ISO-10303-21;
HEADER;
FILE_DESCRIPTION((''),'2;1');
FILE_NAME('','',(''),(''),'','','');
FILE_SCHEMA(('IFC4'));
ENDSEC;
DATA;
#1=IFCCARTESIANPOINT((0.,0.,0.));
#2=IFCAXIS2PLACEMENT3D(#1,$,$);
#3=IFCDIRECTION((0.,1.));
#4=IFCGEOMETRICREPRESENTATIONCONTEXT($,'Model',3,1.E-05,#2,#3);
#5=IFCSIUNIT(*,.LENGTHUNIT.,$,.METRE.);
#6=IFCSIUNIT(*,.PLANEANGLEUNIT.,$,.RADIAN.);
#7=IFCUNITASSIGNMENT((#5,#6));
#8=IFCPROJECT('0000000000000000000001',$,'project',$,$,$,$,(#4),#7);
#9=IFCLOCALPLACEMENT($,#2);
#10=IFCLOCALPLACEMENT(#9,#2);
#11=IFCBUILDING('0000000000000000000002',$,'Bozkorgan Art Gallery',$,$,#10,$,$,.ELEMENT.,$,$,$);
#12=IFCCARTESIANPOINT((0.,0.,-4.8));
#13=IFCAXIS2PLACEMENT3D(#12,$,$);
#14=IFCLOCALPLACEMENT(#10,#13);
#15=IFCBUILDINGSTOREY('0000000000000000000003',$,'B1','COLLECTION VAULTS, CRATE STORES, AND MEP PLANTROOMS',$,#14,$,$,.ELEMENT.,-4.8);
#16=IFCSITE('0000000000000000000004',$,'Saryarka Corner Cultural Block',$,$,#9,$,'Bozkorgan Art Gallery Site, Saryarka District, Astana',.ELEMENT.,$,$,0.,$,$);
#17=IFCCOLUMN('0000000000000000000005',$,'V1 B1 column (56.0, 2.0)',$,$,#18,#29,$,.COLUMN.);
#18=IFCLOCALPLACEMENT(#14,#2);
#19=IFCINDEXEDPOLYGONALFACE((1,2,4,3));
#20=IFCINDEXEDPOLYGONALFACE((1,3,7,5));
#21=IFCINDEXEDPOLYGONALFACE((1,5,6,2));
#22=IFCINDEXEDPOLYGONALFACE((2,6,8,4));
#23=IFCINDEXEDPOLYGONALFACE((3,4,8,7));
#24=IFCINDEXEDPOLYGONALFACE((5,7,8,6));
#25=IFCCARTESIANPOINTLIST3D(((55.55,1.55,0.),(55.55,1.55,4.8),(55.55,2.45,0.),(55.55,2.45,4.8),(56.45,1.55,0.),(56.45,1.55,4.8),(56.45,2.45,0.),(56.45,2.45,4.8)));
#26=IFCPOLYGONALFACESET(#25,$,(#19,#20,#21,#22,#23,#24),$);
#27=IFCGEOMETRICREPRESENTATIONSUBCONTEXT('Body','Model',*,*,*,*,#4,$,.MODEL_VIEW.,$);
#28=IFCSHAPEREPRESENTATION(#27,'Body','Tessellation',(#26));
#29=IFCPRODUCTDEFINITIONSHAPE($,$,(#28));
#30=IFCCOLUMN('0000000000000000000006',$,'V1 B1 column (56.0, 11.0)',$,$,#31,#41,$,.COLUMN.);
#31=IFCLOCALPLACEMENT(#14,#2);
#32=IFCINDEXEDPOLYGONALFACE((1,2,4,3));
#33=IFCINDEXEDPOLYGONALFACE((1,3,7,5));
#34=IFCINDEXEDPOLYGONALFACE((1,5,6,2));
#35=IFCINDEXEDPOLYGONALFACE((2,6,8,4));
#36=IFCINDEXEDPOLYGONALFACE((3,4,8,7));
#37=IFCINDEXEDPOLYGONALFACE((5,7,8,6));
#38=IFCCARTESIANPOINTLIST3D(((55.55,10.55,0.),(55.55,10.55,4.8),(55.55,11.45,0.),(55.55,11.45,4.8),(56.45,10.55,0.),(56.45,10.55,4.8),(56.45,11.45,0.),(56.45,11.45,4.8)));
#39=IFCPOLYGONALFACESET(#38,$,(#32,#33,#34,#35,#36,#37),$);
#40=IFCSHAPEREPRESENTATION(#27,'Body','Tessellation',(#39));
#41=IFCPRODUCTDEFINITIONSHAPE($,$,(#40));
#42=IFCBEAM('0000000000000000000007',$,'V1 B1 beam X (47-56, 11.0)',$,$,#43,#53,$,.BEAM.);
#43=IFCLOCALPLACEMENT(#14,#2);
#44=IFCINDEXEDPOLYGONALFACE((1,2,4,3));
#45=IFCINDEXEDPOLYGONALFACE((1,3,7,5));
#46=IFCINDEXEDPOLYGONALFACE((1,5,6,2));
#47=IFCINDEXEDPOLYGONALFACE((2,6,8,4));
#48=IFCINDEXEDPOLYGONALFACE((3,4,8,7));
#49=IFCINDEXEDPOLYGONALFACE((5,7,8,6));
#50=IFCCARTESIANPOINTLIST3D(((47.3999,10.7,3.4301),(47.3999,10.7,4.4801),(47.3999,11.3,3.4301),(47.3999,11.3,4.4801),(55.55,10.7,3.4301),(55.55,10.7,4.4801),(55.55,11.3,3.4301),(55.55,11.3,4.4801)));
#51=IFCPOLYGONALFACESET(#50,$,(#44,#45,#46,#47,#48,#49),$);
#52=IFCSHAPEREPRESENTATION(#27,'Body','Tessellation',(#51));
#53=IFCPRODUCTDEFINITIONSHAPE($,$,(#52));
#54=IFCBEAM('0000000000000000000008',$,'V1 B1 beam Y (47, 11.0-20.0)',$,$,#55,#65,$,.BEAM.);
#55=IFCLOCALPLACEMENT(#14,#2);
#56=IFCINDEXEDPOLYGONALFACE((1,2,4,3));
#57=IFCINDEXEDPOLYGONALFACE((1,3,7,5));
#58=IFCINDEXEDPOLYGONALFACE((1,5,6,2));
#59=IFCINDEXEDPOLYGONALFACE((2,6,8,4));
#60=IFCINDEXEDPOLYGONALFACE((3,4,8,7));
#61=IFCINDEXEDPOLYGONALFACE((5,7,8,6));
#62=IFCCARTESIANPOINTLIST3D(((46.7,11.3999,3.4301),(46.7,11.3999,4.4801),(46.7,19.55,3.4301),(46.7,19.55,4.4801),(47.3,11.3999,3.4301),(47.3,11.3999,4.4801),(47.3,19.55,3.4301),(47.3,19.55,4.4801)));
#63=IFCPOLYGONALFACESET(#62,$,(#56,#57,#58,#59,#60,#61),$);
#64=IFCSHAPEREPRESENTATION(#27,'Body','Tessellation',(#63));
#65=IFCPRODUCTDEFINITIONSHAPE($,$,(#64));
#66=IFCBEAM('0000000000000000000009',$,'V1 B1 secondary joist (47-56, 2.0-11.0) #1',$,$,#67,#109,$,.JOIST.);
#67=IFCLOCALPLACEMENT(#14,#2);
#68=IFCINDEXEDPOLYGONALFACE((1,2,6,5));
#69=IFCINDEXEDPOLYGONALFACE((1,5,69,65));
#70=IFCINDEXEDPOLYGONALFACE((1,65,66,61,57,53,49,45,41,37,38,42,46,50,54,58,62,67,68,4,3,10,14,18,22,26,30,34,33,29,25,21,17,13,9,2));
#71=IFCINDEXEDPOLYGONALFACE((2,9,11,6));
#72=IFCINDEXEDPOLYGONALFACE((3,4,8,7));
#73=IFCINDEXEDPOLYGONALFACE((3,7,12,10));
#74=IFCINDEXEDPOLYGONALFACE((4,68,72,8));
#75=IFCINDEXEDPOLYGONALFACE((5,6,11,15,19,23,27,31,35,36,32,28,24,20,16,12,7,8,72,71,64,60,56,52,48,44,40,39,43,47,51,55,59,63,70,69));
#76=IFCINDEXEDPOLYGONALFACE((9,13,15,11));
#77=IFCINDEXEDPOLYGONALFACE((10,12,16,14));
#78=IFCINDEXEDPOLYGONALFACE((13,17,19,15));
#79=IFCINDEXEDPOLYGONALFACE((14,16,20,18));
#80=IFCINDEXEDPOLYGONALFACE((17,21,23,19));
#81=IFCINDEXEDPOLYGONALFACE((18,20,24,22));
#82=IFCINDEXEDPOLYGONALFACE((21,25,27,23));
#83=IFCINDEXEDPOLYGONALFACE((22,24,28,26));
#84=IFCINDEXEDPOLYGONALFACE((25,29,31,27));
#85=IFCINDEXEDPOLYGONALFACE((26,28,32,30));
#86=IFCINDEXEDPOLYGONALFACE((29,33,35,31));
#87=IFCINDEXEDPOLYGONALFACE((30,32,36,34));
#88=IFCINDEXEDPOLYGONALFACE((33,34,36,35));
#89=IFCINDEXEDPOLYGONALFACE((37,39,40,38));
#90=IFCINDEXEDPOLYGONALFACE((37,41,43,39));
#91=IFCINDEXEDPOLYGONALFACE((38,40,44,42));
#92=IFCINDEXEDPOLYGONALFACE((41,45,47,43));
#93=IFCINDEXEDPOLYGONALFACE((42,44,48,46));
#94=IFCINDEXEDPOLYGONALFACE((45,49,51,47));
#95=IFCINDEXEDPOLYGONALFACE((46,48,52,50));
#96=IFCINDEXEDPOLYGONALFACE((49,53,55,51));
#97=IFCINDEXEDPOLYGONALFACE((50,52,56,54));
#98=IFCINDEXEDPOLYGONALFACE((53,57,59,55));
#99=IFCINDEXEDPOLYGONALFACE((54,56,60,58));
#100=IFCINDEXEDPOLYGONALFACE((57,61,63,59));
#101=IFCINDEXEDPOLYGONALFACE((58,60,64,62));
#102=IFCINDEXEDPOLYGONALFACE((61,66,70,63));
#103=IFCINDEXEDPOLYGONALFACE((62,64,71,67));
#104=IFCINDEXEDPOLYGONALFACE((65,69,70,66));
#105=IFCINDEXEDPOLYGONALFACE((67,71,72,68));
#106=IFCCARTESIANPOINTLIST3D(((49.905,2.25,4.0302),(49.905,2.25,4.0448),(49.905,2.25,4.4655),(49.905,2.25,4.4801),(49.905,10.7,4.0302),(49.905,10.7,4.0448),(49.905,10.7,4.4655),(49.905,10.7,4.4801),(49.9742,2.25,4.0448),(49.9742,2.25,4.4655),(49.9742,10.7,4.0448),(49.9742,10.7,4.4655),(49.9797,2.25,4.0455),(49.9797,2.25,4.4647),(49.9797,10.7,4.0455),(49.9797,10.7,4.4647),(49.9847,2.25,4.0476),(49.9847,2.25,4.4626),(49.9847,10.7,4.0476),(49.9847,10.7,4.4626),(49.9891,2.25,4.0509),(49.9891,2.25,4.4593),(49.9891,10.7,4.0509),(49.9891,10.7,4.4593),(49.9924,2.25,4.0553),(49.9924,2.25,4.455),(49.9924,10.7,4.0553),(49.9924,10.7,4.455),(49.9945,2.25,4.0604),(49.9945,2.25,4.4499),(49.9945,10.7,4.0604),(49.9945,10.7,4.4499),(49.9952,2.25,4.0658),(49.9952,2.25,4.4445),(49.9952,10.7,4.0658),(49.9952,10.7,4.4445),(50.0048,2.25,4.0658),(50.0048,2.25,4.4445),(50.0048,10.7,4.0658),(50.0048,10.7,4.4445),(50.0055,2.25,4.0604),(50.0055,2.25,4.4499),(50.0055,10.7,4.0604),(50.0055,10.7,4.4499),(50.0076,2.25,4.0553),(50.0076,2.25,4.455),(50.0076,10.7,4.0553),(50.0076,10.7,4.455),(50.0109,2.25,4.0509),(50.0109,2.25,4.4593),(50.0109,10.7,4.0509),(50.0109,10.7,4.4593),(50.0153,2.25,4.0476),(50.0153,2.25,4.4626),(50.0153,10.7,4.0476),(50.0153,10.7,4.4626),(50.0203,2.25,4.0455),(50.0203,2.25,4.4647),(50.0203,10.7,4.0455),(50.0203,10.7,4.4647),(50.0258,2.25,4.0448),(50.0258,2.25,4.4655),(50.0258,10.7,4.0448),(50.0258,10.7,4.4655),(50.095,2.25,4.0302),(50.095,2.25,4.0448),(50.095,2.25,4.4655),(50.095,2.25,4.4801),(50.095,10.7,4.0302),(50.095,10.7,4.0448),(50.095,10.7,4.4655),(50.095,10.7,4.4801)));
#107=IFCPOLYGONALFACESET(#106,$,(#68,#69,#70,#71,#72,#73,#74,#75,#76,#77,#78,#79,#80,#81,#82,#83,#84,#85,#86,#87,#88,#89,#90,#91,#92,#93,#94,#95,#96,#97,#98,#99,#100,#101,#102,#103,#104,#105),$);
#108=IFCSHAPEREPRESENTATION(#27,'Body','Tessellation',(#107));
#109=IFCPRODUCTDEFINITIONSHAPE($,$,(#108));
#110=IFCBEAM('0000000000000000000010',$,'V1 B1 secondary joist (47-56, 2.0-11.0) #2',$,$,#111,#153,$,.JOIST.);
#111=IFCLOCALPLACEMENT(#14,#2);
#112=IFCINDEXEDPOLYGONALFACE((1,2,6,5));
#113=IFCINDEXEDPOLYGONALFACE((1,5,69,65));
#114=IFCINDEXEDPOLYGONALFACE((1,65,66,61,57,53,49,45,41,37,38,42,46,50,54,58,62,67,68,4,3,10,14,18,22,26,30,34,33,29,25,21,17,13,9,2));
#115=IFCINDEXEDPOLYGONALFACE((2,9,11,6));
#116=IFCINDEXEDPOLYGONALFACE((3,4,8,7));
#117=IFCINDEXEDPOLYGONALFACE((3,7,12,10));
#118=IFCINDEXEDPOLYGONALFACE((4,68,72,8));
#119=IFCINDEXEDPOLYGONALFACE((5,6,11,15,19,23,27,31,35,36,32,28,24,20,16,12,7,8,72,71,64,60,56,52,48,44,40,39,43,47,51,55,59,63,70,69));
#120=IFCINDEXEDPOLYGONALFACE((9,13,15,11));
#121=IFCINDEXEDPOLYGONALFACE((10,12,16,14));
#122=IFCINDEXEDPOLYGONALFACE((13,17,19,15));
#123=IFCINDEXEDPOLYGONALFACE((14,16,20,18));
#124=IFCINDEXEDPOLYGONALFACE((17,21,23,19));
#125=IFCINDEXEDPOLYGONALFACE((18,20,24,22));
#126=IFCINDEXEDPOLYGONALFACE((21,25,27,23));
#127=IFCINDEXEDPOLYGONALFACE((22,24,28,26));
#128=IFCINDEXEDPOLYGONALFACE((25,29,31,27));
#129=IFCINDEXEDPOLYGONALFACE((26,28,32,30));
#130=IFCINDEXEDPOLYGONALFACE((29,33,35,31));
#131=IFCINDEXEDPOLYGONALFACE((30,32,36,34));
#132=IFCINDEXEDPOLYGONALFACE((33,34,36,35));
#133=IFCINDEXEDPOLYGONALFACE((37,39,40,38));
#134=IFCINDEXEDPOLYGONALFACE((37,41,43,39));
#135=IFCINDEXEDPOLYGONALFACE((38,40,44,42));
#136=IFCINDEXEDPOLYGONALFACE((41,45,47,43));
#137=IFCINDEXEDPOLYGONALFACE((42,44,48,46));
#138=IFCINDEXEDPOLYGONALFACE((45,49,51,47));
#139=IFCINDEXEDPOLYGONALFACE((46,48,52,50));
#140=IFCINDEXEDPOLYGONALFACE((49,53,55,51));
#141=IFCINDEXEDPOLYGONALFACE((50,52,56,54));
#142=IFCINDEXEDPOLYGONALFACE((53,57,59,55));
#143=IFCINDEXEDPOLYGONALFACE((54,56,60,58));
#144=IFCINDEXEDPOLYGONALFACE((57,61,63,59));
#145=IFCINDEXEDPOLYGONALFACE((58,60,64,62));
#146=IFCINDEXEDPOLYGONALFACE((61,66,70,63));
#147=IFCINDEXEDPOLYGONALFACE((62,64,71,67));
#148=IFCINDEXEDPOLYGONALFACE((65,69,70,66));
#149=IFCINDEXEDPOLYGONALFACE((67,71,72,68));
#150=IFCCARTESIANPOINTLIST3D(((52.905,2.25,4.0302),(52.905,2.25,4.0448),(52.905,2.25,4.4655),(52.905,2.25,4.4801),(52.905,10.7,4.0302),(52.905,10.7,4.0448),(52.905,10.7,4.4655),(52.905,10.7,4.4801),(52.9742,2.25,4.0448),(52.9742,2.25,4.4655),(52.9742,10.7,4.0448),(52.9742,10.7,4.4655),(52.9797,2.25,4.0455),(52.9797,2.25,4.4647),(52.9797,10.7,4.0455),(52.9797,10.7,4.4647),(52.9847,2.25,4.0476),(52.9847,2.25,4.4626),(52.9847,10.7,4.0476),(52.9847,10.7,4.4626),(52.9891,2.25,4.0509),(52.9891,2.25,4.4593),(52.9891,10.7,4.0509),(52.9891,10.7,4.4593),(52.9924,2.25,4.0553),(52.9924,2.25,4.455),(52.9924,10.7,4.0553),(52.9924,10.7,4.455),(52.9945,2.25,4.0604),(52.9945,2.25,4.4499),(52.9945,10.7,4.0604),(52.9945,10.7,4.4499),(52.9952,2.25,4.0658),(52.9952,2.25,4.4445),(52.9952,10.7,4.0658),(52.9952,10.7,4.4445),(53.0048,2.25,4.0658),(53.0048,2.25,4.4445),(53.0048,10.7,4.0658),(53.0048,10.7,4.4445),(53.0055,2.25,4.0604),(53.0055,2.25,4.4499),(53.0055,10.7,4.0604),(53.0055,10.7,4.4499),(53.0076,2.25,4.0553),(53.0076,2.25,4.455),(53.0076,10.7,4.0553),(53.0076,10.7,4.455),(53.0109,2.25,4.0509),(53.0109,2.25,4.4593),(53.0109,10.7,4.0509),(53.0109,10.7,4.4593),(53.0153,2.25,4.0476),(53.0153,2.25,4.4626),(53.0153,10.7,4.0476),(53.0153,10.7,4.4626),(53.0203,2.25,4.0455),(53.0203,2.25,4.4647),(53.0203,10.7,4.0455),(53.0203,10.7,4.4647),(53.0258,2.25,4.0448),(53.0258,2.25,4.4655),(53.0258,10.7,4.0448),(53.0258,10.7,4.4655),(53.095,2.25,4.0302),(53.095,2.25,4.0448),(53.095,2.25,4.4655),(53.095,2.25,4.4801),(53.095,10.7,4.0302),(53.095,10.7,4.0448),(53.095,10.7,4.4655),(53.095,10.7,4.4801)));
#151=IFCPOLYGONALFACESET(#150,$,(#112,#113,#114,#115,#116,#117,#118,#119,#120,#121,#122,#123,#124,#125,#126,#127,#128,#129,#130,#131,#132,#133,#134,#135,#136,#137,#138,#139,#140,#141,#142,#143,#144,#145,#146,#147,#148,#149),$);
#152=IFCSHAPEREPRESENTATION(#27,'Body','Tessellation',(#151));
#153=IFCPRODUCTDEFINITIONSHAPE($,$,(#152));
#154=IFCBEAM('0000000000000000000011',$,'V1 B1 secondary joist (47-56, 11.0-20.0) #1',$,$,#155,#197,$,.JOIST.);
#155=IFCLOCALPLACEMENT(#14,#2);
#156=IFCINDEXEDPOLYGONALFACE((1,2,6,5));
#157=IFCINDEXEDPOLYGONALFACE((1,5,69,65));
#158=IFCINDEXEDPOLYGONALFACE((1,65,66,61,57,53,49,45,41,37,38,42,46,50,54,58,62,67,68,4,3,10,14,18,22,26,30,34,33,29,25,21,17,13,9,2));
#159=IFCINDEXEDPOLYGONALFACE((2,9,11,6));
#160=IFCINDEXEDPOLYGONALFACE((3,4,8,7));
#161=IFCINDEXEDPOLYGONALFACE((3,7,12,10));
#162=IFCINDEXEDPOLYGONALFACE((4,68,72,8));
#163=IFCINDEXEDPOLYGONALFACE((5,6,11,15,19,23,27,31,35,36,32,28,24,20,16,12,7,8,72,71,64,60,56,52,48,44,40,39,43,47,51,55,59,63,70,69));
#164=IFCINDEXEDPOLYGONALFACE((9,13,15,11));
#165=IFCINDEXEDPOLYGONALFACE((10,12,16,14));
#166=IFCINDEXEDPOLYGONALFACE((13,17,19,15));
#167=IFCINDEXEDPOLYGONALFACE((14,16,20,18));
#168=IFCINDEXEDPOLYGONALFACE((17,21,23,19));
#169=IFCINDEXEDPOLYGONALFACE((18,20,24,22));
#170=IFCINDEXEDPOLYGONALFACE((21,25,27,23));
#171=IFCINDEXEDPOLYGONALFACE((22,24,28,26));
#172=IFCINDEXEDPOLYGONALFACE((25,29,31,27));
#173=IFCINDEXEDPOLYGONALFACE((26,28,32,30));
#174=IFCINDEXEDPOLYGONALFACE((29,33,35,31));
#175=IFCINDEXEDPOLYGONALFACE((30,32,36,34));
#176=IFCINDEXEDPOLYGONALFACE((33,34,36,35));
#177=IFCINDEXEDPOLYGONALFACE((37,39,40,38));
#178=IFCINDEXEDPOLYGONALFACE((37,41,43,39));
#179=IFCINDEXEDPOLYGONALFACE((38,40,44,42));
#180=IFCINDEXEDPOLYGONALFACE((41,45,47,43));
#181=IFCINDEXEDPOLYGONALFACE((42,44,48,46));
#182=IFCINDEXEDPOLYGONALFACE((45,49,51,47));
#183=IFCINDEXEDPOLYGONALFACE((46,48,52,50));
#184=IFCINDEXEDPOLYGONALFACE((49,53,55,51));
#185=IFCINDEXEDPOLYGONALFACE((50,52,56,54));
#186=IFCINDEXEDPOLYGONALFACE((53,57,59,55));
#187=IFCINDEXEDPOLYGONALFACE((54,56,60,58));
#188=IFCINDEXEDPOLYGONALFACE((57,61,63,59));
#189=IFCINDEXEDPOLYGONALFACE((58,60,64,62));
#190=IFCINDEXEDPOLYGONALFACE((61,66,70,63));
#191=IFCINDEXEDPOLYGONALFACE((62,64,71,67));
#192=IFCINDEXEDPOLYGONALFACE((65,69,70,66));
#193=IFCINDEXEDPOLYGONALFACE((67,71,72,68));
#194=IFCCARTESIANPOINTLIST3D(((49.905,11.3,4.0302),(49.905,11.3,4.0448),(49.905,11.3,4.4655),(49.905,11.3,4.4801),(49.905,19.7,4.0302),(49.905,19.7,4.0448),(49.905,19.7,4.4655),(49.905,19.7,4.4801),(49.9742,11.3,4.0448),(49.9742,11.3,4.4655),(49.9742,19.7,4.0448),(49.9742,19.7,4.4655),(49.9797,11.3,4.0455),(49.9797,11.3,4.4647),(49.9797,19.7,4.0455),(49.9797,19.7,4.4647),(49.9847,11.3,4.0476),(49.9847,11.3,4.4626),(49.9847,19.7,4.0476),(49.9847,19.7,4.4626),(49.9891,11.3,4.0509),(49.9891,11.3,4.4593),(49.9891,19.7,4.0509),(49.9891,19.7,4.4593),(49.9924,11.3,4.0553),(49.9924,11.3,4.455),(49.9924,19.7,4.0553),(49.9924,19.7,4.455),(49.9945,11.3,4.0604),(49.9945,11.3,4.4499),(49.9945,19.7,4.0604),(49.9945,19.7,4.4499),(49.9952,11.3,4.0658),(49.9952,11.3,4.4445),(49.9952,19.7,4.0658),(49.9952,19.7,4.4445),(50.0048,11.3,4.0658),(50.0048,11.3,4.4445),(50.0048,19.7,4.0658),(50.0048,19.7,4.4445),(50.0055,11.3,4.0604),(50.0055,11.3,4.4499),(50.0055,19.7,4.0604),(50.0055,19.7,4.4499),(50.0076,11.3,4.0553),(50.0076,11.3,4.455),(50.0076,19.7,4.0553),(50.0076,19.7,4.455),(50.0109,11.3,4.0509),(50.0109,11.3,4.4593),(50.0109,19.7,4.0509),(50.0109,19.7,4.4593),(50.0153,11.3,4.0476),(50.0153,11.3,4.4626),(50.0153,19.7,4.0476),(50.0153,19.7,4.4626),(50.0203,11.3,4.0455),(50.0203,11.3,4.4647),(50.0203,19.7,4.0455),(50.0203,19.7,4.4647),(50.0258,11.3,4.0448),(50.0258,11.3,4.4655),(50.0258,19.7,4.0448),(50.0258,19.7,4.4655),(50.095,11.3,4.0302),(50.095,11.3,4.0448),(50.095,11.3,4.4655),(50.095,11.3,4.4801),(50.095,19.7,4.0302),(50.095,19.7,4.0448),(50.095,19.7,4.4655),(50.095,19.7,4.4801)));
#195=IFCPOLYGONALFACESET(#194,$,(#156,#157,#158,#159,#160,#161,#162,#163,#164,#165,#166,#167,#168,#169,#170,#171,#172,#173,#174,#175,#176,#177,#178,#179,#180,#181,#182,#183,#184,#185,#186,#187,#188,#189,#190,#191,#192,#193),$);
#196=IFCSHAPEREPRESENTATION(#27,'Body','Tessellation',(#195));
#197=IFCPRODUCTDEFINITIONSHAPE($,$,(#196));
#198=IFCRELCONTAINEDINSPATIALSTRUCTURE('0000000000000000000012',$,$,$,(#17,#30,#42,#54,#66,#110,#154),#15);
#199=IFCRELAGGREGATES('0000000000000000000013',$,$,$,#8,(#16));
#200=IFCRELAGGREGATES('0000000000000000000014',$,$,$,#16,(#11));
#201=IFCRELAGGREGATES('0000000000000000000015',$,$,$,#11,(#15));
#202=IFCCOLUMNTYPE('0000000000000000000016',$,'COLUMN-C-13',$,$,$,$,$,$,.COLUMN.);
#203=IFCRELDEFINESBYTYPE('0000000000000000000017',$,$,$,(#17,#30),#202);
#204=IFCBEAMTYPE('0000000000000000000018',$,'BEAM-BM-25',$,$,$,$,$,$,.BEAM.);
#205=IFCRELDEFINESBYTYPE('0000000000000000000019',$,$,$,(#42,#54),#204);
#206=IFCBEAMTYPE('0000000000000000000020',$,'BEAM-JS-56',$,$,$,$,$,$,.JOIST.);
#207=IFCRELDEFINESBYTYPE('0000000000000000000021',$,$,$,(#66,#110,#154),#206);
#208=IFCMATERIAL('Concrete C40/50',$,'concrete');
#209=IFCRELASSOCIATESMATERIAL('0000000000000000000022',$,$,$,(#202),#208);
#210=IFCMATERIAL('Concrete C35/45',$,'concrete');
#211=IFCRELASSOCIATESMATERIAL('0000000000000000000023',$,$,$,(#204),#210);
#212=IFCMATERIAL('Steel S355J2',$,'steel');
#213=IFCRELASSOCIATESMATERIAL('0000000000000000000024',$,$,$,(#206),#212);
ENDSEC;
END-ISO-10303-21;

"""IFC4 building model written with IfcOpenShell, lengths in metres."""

from ifc_helpers import new_model, si_unit, direction, frame, origin, origin_2d, place, context, subcontext, project, spatial, rectangle, i_section, extrude, material, material_profile, profile_set, type_object, element, save


model = new_model("IFC4")

# Units and contexts
model_context = context("Model", 3, precision=1e-05, world=origin(), true_north=direction((0.0, 1.0)))
body_context = subcontext(model_context, "Body", "Model", "MODEL_VIEW")
ifc_project = project(units=[si_unit("LENGTHUNIT", "METRE"), si_unit("PLANEANGLEUNIT", "RADIAN")], contexts=[model_context])

# Site, building, storey
site_placement = place(None, origin())
site = spatial("IfcSite", under=ifc_project, at=site_placement, Name="Saryarka Corner Cultural Block", LongName="Bozkorgan Art Gallery Site, Saryarka District, Astana", CompositionType="ELEMENT", RefElevation=0.0)
building_placement = place(site_placement, origin())
building = spatial("IfcBuilding", under=site, at=building_placement, Name="Bozkorgan Art Gallery", CompositionType="ELEMENT")
storey_placement = place(building_placement, frame((0.0, 0.0, -4.8)))
storey = spatial("IfcBuildingStorey", under=building, at=storey_placement, Name="B1", Description="COLLECTION VAULTS, CRATE STORES, AND MEP PLANTROOMS", CompositionType="ELEMENT", Elevation=-4.8)

# Columns
ifc_material_1 = material(Name="Concrete C40/50", Category="concrete")
ifc_material_profile_1 = material_profile(ifc_material_1, rectangle(XDim=0.8999, YDim=0.8999, at=origin_2d()), Name="RC 900x900")
ifc_profile_set_1 = profile_set([ifc_material_profile_1], Name="Concrete C40/50")
column_type = type_object("IfcColumnType", Name="COLUMN-C-13", PredefinedType="COLUMN", material=ifc_profile_set_1)
for number, where, z_axis, x_axis, name in (
    (1, (56.0, 2.0, 0.0), (0.0, 0.0, 1.0), (1.0, 0.0, 0.0), "V1 B1 column (56.0, 2.0)"),
    (2, (56.0, 11.0, 0.0), (0.0, 0.0, 1.0), (1.0, 0.0, 0.0), "V1 B1 column (56.0, 11.0)"),
):
    element("IfcColumn", number, at=place(storey_placement, frame(where, z_axis=z_axis, x_axis=x_axis)), inside=storey, type_object=column_type, Name=name, PredefinedType="COLUMN", context=body_context, shape_type="SweptSolid", body=[
        extrude(rectangle(XDim=0.8999, YDim=0.8999, at=origin_2d()), origin(), (0.0, 0.0, 1.0), 4.8),
    ])

# Beams
ifc_material_2 = material(Name="Concrete C35/45", Category="concrete")
ifc_material_profile_2 = material_profile(ifc_material_2, rectangle(XDim=0.6001, YDim=1.05, at=origin_2d()), Name="RC 600x1050")
ifc_profile_set_2 = profile_set([ifc_material_profile_2], Name="Concrete C35/45")
beam_type_1 = type_object("IfcBeamType", Name="BEAM-BM-25", PredefinedType="BEAM", material=ifc_profile_set_2)
for number, where, z_axis, x_axis, name in (
    (3, (47.3999, 11.0, 3.9551), (1.0, 0.0, 0.0), (0.0, 1.0, 0.0), "V1 B1 beam X (47-56, 11.0)"),
    (4, (47.0, 11.3999, 3.9551), (0.0, 1.0, 0.0), (-1.0, 0.0, 0.0), "V1 B1 beam Y (47, 11.0-20.0)"),
):
    element("IfcBeam", number, at=place(storey_placement, frame(where, z_axis=z_axis, x_axis=x_axis)), inside=storey, type_object=beam_type_1, Name=name, PredefinedType="BEAM", context=body_context, shape_type="SweptSolid", body=[
        extrude(rectangle(XDim=0.6001, YDim=1.05, at=origin_2d()), origin(), (0.0, 0.0, 1.0), 8.1501),
    ])
ifc_material_3 = material(Name="Steel S355J2", Category="steel")
ifc_material_profile_3 = material_profile(ifc_material_3, i_section(OverallWidth=0.1899, OverallDepth=0.45, WebThickness=0.0095, FlangeThickness=0.0146, FilletRadius=0.021, at=origin_2d()), Name="IPE 450")
ifc_profile_set_3 = profile_set([ifc_material_profile_3], Name="Steel S355J2")
beam_type_2 = type_object("IfcBeamType", Name="BEAM-JS-56", PredefinedType="JOIST", material=ifc_profile_set_3)
for number, where, z_axis, x_axis, name in (
    (5, (50.0, 2.25, 4.2551), (0.0, 1.0, 0.0), (-1.0, 0.0, 0.0), "V1 B1 secondary joist (47-56, 2.0-11.0) #1"),
    (6, (53.0, 2.25, 4.2551), (0.0, 1.0, 0.0), (-1.0, 0.0, 0.0), "V1 B1 secondary joist (47-56, 2.0-11.0) #2"),
):
    element("IfcBeam", number, at=place(storey_placement, frame(where, z_axis=z_axis, x_axis=x_axis)), inside=storey, type_object=beam_type_2, Name=name, PredefinedType="JOIST", context=body_context, shape_type="SweptSolid", body=[
        extrude(i_section(OverallWidth=0.1899, OverallDepth=0.45, WebThickness=0.0095, FlangeThickness=0.0146, FilletRadius=0.021, at=origin_2d()), origin(), (0.0, 0.0, 1.0), 8.45),
    ])
for number, where, z_axis, x_axis, name in (
    (7, (50.0, 11.3, 4.2551), (0.0, 1.0, 0.0), (-1.0, 0.0, 0.0), "V1 B1 secondary joist (47-56, 11.0-20.0) #1"),
):
    element("IfcBeam", number, at=place(storey_placement, frame(where, z_axis=z_axis, x_axis=x_axis)), inside=storey, type_object=beam_type_2, Name=name, PredefinedType="JOIST", context=body_context, shape_type="SweptSolid", body=[
        extrude(i_section(OverallWidth=0.1899, OverallDepth=0.45, WebThickness=0.0095, FlangeThickness=0.0146, FilletRadius=0.021, at=origin_2d()), origin(), (0.0, 0.0, 1.0), 8.3999),
    ])

save(model, "model.ifc")
